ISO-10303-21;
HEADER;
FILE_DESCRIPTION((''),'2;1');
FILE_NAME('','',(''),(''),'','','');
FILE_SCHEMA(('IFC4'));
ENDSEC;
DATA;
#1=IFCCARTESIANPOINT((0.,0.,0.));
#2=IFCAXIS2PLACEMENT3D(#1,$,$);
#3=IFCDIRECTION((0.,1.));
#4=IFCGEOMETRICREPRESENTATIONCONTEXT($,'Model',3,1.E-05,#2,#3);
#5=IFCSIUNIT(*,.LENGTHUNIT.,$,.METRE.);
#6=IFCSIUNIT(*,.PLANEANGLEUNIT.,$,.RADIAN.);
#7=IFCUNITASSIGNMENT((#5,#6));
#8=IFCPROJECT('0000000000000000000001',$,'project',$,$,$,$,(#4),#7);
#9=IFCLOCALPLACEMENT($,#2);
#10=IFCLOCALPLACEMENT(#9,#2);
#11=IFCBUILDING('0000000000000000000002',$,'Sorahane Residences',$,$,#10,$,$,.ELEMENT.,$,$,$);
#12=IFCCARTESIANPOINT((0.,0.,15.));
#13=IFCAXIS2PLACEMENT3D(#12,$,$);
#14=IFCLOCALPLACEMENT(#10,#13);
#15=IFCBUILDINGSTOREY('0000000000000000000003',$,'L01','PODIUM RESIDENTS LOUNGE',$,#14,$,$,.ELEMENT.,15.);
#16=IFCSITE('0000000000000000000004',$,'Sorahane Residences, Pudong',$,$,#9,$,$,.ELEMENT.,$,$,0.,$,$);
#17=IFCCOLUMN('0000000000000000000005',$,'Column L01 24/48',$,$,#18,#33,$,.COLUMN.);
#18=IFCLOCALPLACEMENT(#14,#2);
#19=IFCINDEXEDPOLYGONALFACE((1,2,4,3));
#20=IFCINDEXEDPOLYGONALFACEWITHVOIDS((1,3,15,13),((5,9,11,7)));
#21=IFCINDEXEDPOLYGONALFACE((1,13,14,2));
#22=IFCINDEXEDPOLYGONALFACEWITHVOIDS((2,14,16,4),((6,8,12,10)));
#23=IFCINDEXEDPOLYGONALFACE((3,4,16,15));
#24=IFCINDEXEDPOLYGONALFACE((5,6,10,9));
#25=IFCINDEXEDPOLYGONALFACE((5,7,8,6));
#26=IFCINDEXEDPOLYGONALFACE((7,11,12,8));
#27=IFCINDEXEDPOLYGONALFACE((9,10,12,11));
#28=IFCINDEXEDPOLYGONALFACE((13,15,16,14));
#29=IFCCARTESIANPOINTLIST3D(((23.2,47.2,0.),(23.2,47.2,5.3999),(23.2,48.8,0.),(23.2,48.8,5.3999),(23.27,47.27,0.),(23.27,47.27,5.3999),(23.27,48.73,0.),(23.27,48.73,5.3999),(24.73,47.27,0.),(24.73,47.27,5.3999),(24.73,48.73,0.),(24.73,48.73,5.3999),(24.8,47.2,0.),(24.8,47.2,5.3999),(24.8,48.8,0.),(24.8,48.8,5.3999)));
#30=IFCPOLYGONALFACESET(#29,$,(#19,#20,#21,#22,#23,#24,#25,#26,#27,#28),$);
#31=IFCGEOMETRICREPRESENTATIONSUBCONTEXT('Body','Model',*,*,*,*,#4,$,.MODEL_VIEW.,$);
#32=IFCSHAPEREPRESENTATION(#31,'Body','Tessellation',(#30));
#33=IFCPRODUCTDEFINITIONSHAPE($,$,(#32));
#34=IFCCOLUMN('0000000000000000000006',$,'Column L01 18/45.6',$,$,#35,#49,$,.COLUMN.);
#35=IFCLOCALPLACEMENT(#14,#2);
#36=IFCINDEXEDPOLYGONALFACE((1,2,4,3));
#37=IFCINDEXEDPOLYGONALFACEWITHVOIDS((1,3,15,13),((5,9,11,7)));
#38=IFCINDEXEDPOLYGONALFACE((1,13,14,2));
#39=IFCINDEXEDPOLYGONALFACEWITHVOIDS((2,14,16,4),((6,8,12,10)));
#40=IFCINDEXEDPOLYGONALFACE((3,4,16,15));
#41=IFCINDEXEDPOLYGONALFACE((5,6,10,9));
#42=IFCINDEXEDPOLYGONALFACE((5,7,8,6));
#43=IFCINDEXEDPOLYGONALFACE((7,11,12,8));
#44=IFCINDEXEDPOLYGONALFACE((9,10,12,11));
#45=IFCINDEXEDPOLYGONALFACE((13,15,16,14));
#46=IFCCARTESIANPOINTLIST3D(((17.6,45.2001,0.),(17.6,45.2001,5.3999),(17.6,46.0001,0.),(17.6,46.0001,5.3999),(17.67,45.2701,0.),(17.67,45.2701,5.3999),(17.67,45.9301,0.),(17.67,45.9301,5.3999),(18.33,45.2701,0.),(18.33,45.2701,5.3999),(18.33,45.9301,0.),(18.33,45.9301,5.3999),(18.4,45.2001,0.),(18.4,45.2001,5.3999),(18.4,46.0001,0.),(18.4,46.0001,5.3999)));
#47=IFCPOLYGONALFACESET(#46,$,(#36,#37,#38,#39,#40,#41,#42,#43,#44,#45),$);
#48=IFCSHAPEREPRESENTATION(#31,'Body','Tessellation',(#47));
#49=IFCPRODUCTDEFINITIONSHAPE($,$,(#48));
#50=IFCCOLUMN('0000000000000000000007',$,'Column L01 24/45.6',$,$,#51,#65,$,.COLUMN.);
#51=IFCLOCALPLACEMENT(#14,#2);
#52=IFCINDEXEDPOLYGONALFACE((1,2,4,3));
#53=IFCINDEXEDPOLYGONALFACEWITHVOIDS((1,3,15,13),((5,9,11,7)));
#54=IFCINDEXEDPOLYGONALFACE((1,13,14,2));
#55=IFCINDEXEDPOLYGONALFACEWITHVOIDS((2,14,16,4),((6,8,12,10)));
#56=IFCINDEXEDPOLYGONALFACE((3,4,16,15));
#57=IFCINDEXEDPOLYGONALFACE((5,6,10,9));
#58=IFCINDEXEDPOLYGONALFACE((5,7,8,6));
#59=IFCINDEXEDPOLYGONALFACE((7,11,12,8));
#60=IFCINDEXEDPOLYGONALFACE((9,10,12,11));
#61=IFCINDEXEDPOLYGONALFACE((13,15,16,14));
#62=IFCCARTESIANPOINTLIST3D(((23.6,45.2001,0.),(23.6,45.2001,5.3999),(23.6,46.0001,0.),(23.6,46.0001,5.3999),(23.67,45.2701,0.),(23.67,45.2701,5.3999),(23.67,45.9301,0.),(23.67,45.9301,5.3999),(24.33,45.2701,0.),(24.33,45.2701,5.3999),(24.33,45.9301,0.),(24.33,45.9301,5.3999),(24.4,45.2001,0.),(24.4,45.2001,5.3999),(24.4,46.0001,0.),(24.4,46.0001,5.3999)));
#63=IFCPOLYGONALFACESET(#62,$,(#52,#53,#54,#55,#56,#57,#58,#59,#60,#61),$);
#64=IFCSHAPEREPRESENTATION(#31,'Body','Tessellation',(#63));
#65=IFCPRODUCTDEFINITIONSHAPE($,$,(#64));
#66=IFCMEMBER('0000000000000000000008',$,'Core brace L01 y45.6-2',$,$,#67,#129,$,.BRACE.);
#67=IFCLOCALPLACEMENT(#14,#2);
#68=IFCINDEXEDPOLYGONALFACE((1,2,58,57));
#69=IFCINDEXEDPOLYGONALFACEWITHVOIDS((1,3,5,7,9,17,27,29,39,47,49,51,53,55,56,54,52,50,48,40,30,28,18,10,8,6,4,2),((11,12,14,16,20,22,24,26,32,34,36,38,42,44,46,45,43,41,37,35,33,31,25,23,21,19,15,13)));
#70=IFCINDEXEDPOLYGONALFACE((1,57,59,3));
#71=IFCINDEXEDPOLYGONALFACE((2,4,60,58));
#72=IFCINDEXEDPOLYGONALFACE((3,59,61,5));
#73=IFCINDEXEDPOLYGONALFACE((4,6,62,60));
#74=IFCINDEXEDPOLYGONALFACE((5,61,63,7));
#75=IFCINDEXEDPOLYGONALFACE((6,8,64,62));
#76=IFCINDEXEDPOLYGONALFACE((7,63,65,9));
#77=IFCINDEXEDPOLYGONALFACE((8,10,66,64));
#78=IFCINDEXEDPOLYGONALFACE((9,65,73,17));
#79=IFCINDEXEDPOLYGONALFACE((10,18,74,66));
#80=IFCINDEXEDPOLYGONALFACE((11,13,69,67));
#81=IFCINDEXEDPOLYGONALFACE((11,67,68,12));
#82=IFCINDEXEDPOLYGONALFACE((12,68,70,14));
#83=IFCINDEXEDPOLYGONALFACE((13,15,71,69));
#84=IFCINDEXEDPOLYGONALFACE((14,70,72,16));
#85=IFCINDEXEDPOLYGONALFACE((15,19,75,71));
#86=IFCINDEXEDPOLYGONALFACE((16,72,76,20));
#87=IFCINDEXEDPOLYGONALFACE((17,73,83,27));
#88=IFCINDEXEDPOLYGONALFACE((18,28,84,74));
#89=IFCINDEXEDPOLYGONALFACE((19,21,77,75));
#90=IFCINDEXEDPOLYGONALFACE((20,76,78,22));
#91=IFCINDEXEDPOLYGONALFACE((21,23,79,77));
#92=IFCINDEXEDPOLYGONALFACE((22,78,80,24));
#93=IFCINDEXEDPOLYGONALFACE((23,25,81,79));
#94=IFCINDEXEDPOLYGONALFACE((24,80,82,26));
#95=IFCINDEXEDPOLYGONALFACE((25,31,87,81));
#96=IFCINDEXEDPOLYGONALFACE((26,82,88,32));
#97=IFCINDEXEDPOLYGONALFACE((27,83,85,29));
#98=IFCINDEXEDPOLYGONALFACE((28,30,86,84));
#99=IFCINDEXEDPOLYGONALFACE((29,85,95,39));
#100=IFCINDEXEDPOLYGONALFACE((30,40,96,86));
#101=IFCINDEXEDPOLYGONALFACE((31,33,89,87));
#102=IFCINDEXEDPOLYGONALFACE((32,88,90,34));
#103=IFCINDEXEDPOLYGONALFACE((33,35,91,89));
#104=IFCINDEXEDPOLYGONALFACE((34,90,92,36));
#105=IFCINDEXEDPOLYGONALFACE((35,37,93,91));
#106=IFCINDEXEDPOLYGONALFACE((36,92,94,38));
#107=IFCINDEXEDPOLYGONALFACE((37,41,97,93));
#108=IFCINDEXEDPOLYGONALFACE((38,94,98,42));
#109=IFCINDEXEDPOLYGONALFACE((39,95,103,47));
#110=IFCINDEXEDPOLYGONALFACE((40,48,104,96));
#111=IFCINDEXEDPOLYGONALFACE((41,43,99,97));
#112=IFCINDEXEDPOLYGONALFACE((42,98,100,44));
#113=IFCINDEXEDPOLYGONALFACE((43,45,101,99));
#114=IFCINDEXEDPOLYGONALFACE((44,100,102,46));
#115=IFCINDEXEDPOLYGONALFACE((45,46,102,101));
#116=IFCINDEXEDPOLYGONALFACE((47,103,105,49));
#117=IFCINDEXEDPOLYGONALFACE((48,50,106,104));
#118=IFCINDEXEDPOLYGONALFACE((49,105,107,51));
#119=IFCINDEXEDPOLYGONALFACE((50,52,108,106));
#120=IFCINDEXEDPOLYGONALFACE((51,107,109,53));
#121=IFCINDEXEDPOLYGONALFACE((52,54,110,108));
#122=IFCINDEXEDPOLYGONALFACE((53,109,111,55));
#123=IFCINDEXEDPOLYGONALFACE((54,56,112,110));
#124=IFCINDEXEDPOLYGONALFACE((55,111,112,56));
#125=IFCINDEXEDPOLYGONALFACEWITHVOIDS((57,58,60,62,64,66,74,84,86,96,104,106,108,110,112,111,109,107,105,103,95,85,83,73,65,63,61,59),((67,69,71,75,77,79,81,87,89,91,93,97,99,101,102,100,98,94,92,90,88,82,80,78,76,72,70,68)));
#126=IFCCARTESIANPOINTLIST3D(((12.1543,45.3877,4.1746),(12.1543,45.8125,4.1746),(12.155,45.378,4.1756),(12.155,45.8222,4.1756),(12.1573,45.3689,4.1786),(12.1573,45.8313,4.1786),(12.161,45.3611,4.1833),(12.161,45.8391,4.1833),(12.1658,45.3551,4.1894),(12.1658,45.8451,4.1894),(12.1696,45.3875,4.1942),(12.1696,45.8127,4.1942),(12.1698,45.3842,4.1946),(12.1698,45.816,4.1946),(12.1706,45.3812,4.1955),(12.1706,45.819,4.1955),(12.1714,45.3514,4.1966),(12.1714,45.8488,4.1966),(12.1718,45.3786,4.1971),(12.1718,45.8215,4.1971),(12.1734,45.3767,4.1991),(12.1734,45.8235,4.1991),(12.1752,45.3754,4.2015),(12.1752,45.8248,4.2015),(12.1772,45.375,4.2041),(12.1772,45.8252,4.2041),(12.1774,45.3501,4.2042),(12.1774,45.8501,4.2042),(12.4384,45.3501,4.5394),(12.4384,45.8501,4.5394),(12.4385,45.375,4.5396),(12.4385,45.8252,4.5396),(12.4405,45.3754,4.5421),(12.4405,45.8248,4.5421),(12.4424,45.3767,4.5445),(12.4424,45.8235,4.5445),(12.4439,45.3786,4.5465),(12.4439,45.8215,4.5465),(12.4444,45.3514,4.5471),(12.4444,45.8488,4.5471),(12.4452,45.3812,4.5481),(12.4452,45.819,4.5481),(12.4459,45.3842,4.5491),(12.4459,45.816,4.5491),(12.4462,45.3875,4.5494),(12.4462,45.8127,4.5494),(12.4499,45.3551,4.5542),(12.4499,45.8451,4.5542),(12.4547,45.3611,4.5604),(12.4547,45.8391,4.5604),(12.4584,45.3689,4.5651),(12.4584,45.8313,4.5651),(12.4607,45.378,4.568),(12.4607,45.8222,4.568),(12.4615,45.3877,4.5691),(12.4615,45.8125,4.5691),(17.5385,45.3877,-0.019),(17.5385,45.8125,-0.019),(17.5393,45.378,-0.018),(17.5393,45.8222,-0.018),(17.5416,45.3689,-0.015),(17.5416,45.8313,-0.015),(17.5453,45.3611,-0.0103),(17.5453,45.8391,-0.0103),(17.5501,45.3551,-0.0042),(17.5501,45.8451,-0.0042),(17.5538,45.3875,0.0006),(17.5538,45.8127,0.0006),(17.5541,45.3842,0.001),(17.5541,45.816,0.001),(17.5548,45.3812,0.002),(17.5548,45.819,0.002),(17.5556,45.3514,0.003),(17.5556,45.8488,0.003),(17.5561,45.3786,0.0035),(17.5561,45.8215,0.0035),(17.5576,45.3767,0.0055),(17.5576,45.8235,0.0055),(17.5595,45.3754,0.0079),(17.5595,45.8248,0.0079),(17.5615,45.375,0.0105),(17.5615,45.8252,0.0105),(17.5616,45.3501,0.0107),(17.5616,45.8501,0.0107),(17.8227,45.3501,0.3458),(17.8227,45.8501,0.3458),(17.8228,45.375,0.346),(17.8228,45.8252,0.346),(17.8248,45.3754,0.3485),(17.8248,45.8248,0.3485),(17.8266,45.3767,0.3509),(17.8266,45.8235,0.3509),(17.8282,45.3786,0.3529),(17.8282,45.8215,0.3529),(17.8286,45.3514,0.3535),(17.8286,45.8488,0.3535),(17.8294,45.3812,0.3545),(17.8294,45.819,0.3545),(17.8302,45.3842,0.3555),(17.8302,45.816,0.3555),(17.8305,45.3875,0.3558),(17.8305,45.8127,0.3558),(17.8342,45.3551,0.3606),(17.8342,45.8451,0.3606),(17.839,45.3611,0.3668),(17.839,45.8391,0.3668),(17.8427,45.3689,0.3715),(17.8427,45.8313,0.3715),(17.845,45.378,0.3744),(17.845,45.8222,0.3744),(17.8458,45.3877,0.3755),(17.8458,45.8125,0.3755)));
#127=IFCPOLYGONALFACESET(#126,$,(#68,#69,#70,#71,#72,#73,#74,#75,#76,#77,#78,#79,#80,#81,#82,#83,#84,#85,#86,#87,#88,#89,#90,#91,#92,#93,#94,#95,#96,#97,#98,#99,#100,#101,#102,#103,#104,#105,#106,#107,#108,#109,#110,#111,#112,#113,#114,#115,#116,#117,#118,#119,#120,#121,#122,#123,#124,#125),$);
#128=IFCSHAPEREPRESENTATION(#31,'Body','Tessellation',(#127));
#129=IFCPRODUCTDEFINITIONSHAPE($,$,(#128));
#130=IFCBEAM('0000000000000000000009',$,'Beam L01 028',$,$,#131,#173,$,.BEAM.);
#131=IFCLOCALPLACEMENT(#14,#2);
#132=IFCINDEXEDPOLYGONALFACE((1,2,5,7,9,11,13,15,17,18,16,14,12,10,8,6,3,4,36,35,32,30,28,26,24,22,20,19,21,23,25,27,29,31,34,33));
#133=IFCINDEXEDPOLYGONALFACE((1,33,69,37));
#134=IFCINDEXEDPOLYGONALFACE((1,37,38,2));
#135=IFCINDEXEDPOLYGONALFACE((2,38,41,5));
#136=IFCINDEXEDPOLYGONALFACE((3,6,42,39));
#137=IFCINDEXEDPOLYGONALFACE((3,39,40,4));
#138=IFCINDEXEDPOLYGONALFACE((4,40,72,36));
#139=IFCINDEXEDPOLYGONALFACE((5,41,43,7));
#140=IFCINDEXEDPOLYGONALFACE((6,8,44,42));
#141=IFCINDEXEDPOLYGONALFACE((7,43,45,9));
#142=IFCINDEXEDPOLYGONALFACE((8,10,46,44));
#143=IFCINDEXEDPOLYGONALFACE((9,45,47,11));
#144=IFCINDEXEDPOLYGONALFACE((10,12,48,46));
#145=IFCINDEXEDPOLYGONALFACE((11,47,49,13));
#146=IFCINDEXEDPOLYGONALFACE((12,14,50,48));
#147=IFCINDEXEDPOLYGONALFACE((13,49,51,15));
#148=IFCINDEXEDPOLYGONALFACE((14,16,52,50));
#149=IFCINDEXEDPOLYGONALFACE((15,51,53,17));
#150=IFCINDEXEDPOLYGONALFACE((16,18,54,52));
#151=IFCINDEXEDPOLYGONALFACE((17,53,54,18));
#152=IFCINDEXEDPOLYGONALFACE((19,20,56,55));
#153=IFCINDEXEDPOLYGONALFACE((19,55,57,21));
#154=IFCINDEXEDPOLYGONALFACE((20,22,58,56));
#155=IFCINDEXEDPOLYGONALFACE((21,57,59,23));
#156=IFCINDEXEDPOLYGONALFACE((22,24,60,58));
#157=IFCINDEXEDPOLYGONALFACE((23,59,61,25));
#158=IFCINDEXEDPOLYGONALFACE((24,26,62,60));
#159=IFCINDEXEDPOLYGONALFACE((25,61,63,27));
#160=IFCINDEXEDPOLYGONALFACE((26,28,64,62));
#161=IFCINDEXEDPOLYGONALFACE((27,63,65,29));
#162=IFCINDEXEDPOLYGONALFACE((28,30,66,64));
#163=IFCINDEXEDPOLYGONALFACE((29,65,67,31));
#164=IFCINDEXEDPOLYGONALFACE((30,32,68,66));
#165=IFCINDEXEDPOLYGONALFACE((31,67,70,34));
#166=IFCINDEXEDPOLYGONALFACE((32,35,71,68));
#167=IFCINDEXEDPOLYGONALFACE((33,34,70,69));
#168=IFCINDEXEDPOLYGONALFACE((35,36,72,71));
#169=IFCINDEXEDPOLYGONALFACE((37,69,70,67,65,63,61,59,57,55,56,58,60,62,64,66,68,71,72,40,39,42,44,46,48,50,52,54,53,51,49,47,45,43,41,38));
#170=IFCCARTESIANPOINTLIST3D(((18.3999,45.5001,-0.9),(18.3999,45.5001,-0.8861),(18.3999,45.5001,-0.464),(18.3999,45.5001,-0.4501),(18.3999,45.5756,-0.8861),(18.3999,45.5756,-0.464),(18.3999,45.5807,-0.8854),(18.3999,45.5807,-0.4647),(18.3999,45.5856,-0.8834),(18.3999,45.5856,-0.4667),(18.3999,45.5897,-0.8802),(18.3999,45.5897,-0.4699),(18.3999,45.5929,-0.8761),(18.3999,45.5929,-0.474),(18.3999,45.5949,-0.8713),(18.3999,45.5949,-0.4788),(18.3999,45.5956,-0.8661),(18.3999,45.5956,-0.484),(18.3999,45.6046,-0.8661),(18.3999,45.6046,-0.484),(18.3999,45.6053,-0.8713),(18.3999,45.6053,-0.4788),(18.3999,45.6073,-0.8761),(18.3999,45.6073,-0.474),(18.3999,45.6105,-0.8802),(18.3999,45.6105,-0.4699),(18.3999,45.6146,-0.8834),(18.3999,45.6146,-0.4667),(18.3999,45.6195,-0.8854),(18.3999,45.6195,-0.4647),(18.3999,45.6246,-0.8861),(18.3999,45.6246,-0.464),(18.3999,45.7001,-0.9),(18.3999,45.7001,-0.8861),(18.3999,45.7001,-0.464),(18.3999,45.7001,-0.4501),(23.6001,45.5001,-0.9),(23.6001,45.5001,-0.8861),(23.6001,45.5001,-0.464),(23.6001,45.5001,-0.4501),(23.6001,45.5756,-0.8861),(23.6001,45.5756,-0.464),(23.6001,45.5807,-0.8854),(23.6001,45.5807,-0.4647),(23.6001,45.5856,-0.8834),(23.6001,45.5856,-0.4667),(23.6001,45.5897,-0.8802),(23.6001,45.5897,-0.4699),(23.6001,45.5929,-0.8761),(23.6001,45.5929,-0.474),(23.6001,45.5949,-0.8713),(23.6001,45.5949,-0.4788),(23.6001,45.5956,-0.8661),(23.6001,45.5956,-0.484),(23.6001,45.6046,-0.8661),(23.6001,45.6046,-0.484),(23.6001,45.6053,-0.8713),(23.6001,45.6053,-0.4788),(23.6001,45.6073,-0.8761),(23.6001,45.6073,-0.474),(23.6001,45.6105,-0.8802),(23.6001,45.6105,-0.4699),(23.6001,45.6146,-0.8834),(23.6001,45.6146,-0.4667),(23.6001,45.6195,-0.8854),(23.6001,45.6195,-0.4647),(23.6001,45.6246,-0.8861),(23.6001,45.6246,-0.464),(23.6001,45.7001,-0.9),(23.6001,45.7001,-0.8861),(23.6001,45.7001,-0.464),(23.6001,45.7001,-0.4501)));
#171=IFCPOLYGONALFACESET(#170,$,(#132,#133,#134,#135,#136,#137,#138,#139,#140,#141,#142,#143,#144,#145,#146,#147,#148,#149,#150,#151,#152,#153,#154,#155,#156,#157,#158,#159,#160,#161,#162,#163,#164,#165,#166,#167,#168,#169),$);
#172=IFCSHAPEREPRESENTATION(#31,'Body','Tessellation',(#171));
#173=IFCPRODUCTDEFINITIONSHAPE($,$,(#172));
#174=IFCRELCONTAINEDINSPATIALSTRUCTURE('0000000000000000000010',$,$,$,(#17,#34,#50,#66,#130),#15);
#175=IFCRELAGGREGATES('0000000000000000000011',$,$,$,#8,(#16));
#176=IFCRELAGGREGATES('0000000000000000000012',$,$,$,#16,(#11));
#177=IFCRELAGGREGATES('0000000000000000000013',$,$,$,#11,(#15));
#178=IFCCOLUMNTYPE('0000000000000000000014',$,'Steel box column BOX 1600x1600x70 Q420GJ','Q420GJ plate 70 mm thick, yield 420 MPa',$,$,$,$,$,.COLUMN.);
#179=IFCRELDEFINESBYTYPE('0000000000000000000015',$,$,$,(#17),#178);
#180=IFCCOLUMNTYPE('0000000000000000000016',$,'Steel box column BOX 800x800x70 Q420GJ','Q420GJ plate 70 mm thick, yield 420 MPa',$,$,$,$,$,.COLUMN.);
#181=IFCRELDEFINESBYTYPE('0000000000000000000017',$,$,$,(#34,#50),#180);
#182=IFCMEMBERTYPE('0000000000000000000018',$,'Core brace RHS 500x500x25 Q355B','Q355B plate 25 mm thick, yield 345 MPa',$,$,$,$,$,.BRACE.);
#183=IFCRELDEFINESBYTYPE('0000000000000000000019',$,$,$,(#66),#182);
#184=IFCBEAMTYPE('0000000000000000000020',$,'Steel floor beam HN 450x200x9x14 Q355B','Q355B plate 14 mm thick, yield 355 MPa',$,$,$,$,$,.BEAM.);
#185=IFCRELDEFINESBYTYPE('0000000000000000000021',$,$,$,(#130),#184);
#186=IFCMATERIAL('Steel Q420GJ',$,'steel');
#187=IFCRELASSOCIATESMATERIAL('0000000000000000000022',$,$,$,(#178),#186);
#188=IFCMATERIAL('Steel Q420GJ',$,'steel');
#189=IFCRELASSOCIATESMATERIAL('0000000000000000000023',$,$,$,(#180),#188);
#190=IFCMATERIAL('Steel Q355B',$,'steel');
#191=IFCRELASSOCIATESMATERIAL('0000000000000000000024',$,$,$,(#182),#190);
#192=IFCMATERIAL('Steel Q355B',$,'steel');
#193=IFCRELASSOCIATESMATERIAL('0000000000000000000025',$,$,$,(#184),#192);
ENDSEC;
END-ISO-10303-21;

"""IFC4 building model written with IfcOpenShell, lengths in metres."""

from ifc_helpers import new_model, si_unit, direction, frame, origin, origin_2d, place, context, subcontext, project, spatial, hollow_rectangle, i_section, extrude, material, material_profile, profile_set, type_object, element, save


model = new_model("IFC4")

# Units and contexts
model_context = context("Model", 3, precision=1e-05, world=origin(), true_north=direction((0.0, 1.0)))
body_context = subcontext(model_context, "Body", "Model", "MODEL_VIEW")
ifc_project = project(units=[si_unit("LENGTHUNIT", "METRE"), si_unit("PLANEANGLEUNIT", "RADIAN")], contexts=[model_context])

# Site, building, storey
site_placement = place(None, origin())
site = spatial("IfcSite", under=ifc_project, at=site_placement, Name="Sorahane Residences, Pudong", CompositionType="ELEMENT", RefElevation=0.0)
building_placement = place(site_placement, origin())
building = spatial("IfcBuilding", under=site, at=building_placement, Name="Sorahane Residences", CompositionType="ELEMENT")
storey_placement = place(building_placement, frame((0.0, 0.0, 15.0)))
storey = spatial("IfcBuildingStorey", under=building, at=storey_placement, Name="L01", Description="PODIUM RESIDENTS LOUNGE", CompositionType="ELEMENT", Elevation=15.0)

# Columns
ifc_material_1 = material(Name="Steel Q420GJ", Category="steel")
ifc_material_profile_1 = material_profile(ifc_material_1, hollow_rectangle(XDim=1.6001, YDim=1.6001, WallThickness=0.0701, at=origin_2d()), Name="BOX 1600x1600x70")
ifc_profile_set_1 = profile_set([ifc_material_profile_1], Name="Steel Q420GJ")
column_type_1 = type_object("IfcColumnType", Name="Steel box column BOX 1600x1600x70 Q420GJ", Description="Q420GJ plate 70 mm thick, yield 420 MPa", PredefinedType="COLUMN", material=ifc_profile_set_1)
column_placement = place(storey_placement, frame((24.0, 48.0, 0.0), z_axis=(0.0, 0.0, 1.0), x_axis=(1.0, 0.0, 0.0)))
element("IfcColumn", 1, at=column_placement, inside=storey, type_object=column_type_1, Name="Column L01 24/48", PredefinedType="COLUMN", context=body_context, shape_type="SweptSolid", body=[
    extrude(hollow_rectangle(XDim=1.6001, YDim=1.6001, WallThickness=0.0701, at=origin_2d()), origin(), (0.0, 0.0, 1.0), 5.3999),
])
ifc_material_2 = material(Name="Steel Q420GJ", Category="steel")
ifc_material_profile_2 = material_profile(ifc_material_2, hollow_rectangle(XDim=0.8, YDim=0.8, WallThickness=0.0701, at=origin_2d()), Name="BOX 800x800x70")
ifc_profile_set_2 = profile_set([ifc_material_profile_2], Name="Steel Q420GJ")
column_type_2 = type_object("IfcColumnType", Name="Steel box column BOX 800x800x70 Q420GJ", Description="Q420GJ plate 70 mm thick, yield 420 MPa", PredefinedType="COLUMN", material=ifc_profile_set_2)
for number, where, z_axis, x_axis, name in (
    (2, (18.0, 45.6001, 0.0), (0.0, 0.0, 1.0), (1.0, 0.0, 0.0), "Column L01 18/45.6"),
    (3, (24.0, 45.6001, 0.0), (0.0, 0.0, 1.0), (1.0, 0.0, 0.0), "Column L01 24/45.6"),
):
    element("IfcColumn", number, at=place(storey_placement, frame(where, z_axis=z_axis, x_axis=x_axis)), inside=storey, type_object=column_type_2, Name=name, PredefinedType="COLUMN", context=body_context, shape_type="SweptSolid", body=[
        extrude(hollow_rectangle(XDim=0.8, YDim=0.8, WallThickness=0.0701, at=origin_2d()), origin(), (0.0, 0.0, 1.0), 5.3999),
    ])

# Member
ifc_material_3 = material(Name="Steel Q355B", Category="steel")
ifc_material_profile_3 = material_profile(ifc_material_3, hollow_rectangle(XDim=0.5, YDim=0.5, WallThickness=0.0249, InnerFilletRadius=0.0125, OuterFilletRadius=0.0376, at=origin_2d()), Name="RHS 500x500x25")
ifc_profile_set_3 = profile_set([ifc_material_profile_3], Name="Steel Q355B")
member_type = type_object("IfcMemberType", Name="Core brace RHS 500x500x25 Q355B", Description="Q355B plate 25 mm thick, yield 345 MPa", PredefinedType="BRACE", material=ifc_profile_set_3)
member_placement = place(storey_placement, frame((17.6921, 45.6001, 0.1782), z_axis=(-0.788938, 0.0, 0.614473), x_axis=(0.0, -1.0, 0.0)))
element("IfcMember", 4, at=member_placement, inside=storey, type_object=member_type, Name="Core brace L01 y45.6-2", PredefinedType="BRACE", context=body_context, shape_type="SweptSolid", body=[
    extrude(hollow_rectangle(XDim=0.5, YDim=0.5, WallThickness=0.0249, InnerFilletRadius=0.0125, OuterFilletRadius=0.0376, at=origin_2d()), origin(), (0.0, 0.0, 1.0), 6.8247),
])

# Beam
ifc_material_4 = material(Name="Steel Q355B", Category="steel")
ifc_material_profile_4 = material_profile(ifc_material_4, i_section(OverallWidth=0.2, OverallDepth=0.45, WebThickness=0.009, FlangeThickness=0.0139, FilletRadius=0.02, at=origin_2d()), Name="HN 450x200x9x14")
ifc_profile_set_4 = profile_set([ifc_material_profile_4], Name="Steel Q355B")
beam_type_1 = type_object("IfcBeamType", Name="Steel floor beam HN 450x200x9x14 Q355B", Description="Q355B plate 14 mm thick, yield 355 MPa", PredefinedType="BEAM", material=ifc_profile_set_4)
for number, where, z_axis, x_axis, name in (
    (5, (18.3999, 45.6001, -0.675), (1.0, 0.0, 0.0), (0.0, 1.0, 0.0), "Beam L01 028"),
):
    element("IfcBeam", number, at=place(storey_placement, frame(where, z_axis=z_axis, x_axis=x_axis)), inside=storey, type_object=beam_type_1, Name=name, PredefinedType="BEAM", context=body_context, shape_type="SweptSolid", body=[
        extrude(i_section(OverallWidth=0.2, OverallDepth=0.45, WebThickness=0.009, FlangeThickness=0.0139, FilletRadius=0.02, at=origin_2d()), origin(), (0.0, 0.0, 1.0), 5.2002),
    ])

save(model, "model.ifc")
